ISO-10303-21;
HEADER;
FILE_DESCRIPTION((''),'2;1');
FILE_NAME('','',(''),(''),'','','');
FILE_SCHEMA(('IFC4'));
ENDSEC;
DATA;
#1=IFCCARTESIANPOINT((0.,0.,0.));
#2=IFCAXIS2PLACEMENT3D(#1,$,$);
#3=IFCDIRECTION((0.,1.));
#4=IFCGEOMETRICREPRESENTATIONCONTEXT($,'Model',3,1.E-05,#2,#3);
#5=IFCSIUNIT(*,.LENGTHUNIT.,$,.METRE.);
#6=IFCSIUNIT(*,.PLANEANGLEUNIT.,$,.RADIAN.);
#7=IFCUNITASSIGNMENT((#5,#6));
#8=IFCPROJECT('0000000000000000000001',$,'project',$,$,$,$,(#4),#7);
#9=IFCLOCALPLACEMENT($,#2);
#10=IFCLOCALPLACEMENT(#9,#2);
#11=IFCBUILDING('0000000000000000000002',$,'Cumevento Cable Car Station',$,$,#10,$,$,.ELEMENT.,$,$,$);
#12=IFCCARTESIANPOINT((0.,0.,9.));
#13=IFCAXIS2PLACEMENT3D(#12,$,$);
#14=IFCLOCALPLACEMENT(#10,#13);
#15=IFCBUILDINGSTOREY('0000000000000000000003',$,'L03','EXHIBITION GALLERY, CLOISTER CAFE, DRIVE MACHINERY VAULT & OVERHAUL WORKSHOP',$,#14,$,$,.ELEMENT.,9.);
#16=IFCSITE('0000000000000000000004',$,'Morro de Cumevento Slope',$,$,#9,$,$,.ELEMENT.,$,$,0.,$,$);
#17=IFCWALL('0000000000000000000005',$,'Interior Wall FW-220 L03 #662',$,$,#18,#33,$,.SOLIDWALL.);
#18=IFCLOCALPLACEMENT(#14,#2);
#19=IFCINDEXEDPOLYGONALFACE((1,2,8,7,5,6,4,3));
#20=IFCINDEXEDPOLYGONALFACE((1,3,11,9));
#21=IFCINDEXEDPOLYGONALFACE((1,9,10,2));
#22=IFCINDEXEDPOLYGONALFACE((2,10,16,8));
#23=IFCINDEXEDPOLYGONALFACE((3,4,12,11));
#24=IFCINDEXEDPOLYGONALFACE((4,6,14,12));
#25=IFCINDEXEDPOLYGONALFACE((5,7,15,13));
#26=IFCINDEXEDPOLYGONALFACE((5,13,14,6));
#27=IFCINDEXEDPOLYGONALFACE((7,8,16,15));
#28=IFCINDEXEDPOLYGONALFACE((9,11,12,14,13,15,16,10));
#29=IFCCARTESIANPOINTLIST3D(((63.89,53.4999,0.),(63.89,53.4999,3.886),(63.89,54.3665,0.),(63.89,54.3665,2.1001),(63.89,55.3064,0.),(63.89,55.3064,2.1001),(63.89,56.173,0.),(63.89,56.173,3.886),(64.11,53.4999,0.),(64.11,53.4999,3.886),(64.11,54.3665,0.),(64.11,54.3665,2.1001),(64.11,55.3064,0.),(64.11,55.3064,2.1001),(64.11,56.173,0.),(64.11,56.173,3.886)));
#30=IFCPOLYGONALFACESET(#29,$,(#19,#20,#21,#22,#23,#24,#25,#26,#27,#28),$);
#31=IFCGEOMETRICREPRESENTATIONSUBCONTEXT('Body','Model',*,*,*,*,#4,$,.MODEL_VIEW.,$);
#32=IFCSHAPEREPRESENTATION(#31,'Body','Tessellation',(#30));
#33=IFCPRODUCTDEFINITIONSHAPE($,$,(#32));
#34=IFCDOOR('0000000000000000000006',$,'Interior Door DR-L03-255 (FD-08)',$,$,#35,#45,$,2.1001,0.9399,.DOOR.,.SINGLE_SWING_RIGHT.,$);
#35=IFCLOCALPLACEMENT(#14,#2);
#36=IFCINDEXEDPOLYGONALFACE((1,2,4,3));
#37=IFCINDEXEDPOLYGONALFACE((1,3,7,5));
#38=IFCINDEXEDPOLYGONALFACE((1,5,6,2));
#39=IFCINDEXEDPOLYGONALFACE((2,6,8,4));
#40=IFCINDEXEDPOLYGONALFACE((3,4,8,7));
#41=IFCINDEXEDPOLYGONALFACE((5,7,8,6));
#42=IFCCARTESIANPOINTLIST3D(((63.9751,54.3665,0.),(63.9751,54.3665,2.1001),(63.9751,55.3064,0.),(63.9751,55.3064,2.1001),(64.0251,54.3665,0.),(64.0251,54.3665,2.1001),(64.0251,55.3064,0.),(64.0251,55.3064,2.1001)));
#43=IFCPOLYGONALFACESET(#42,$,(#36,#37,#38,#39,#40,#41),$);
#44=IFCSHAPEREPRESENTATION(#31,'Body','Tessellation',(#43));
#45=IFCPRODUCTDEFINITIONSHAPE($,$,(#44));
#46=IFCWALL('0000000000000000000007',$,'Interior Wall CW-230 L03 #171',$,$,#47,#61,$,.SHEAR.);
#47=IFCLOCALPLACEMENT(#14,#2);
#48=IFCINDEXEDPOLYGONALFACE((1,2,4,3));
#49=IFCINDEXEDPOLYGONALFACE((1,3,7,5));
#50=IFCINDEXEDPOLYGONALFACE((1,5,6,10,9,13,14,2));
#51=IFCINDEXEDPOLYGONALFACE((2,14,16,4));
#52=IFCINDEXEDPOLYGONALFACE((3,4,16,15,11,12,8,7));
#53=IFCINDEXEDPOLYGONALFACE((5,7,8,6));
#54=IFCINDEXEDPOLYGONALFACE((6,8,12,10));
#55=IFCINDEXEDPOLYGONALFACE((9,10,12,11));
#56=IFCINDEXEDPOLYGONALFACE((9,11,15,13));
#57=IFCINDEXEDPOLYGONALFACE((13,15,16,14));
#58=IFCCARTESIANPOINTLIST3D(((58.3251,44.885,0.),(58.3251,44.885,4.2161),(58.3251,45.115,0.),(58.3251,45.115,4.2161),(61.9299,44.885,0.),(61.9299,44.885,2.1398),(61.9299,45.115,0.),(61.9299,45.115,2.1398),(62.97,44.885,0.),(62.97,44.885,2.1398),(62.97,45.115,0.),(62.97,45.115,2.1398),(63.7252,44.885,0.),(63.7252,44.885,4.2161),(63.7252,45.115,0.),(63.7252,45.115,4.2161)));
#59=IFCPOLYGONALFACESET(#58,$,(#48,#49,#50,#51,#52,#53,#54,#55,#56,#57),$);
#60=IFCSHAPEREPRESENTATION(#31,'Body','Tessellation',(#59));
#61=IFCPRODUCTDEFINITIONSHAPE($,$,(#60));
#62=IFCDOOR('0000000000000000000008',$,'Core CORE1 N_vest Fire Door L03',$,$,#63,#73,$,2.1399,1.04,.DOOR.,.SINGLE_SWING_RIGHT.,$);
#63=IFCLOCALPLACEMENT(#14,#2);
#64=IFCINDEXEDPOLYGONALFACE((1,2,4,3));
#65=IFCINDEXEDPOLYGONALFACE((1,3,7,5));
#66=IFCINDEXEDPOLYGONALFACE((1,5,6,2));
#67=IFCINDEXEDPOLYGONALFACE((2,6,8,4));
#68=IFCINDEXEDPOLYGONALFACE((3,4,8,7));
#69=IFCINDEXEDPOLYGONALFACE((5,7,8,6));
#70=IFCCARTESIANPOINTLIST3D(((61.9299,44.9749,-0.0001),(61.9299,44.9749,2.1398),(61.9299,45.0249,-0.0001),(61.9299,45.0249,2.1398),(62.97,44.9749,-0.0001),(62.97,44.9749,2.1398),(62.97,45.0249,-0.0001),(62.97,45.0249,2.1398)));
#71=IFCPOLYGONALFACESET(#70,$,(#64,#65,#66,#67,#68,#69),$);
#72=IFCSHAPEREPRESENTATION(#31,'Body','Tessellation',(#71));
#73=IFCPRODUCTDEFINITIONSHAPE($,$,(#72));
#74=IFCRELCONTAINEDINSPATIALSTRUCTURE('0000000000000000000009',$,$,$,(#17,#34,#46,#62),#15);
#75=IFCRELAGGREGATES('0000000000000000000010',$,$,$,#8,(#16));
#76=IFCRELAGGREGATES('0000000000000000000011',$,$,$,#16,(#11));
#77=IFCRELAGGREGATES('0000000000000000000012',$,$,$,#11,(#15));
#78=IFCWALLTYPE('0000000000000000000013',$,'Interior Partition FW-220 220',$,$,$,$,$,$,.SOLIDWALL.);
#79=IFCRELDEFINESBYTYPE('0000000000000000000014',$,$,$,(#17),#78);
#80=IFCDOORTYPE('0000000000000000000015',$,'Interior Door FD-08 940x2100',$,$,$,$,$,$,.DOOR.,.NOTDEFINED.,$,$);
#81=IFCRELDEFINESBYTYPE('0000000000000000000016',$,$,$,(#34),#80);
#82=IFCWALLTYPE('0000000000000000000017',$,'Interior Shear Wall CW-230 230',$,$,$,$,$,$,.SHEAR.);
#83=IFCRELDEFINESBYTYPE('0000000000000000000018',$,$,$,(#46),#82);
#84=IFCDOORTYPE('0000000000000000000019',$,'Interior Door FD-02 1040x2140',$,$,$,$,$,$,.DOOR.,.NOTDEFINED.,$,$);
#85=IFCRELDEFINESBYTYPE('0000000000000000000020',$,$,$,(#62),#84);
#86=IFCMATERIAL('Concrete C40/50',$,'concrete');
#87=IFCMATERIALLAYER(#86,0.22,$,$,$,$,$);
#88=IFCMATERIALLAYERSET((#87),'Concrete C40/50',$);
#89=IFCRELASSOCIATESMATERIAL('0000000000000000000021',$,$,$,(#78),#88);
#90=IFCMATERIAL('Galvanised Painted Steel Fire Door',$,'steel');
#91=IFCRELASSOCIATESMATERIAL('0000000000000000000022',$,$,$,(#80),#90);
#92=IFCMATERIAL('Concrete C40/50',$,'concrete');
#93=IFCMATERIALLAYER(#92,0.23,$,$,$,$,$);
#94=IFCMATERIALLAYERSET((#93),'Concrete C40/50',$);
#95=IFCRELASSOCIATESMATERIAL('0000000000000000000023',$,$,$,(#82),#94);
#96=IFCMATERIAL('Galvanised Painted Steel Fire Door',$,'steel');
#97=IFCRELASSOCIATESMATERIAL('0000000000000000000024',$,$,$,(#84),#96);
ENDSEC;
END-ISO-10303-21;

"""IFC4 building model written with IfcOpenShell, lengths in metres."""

from ifc_helpers import new_model, si_unit, direction, frame, frame_2d, origin, place, context, subcontext, project, spatial, rectangle, extrude, material, layer, layer_set, type_object, element, fill, save


model = new_model("IFC4")

# Units and contexts
model_context = context("Model", 3, precision=1e-05, world=origin(), true_north=direction((0.0, 1.0)))
body_context = subcontext(model_context, "Body", "Model", "MODEL_VIEW")
ifc_project = project(units=[si_unit("LENGTHUNIT", "METRE"), si_unit("PLANEANGLEUNIT", "RADIAN")], contexts=[model_context])

# Site, building, storey
site_placement = place(None, origin())
site = spatial("IfcSite", under=ifc_project, at=site_placement, Name="Morro de Cumevento Slope", CompositionType="ELEMENT", RefElevation=0.0)
building_placement = place(site_placement, origin())
building = spatial("IfcBuilding", under=site, at=building_placement, Name="Cumevento Cable Car Station", CompositionType="ELEMENT")
storey_placement = place(building_placement, frame((0.0, 0.0, 9.0)))
storey = spatial("IfcBuildingStorey", under=building, at=storey_placement, Name="L03", Description="EXHIBITION GALLERY, CLOISTER CAFE, DRIVE MACHINERY VAULT & OVERHAUL WORKSHOP", CompositionType="ELEMENT", Elevation=9.0)

# Shared definitions
ifc_material_1 = material(Name="Concrete C40/50", Category="concrete")
ifc_layer_1 = layer(ifc_material_1, 0.22)
ifc_layer_set_1 = layer_set([ifc_layer_1], Name="Concrete C40/50")
wall_type_1 = type_object("IfcWallType", Name="Interior Partition FW-220 220", PredefinedType="SOLIDWALL", material=ifc_layer_set_1)
ifc_material_2 = material(Name="Galvanised Painted Steel Fire Door", Category="steel")
door_type_1 = type_object("IfcDoorType", Name="Interior Door FD-08 940x2100", OperationType="NOTDEFINED", PredefinedType="DOOR", material=ifc_material_2)

# Walls, openings, doors
wall_1_placement = place(storey_placement, frame((64.0, 53.5, 0.0), z_axis=(0.0, 0.0, 1.0), x_axis=(0.0, 1.0, 0.0)))
wall_1 = element("IfcWall", 1, at=wall_1_placement, inside=storey, type_object=wall_type_1, Name="Interior Wall FW-220 L03 #662", PredefinedType="SOLIDWALL", context=body_context, shape_type="SweptSolid", body=[
    extrude(rectangle(XDim=2.6731, YDim=0.22, at=frame_2d((1.3364, 0.0))), origin(), (0.0, 0.0, 1.0), 3.886),
])
opening_1_placement = place(wall_1_placement, frame((0.8665, 0.0, 0.0)))
opening_1 = element("IfcOpeningElement", 2, at=opening_1_placement, cuts=wall_1, PredefinedType="OPENING", context=body_context, shape_type="SweptSolid", body=[
    extrude(rectangle(XDim=0.9399, YDim=2.1001, at=frame_2d((0.47, 1.05))), frame((0.0, 0.1199, 0.0), z_axis=(0.0, -1.0, 0.0), x_axis=(1.0, 0.0, 0.0)), (0.0, 0.0, 1.0), 0.24),
])
door_1_placement = place(opening_1_placement, origin())
door_1 = element("IfcDoor", 3, at=door_1_placement, inside=storey, type_object=door_type_1, Name="Interior Door DR-L03-255 (FD-08)", OperationType="SINGLE_SWING_RIGHT", OverallHeight=2.1001, OverallWidth=0.9399, PredefinedType="DOOR", context=body_context, shape_type="SweptSolid", body=[
    extrude(rectangle(XDim=0.9399, YDim=2.1001, at=frame_2d((0.47, 1.05))), frame((0.0, 0.0249, 0.0), z_axis=(0.0, -1.0, 0.0), x_axis=(1.0, 0.0, 0.0)), (0.0, 0.0, 1.0), 0.05),
])
fill(opening_1, door_1)
ifc_material_3 = material(Name="Concrete C40/50", Category="concrete")
ifc_layer_2 = layer(ifc_material_3, 0.23)
ifc_layer_set_2 = layer_set([ifc_layer_2], Name="Concrete C40/50")
wall_type_2 = type_object("IfcWallType", Name="Interior Shear Wall CW-230 230", PredefinedType="SHEAR", material=ifc_layer_set_2)
wall_2_placement = place(storey_placement, frame((58.325, 45.0, 0.0), z_axis=(0.0, 0.0, 1.0), x_axis=(1.0, 0.0, 0.0)))
wall_2 = element("IfcWall", 4, at=wall_2_placement, inside=storey, type_object=wall_type_2, Name="Interior Wall CW-230 L03 #171", PredefinedType="SHEAR", context=body_context, shape_type="SweptSolid", body=[
    extrude(rectangle(XDim=5.4001, YDim=0.23, at=frame_2d((2.7002, 0.0))), origin(), (0.0, 0.0, 1.0), 4.2161),
])
opening_2_placement = place(wall_2_placement, frame((3.605, 0.0, 0.0)))
opening_2 = element("IfcOpeningElement", 5, at=opening_2_placement, cuts=wall_2, PredefinedType="OPENING", context=body_context, shape_type="SweptSolid", body=[
    extrude(rectangle(XDim=1.04, YDim=2.1399, at=frame_2d((0.52, 1.0698))), frame((0.0, 0.125, 0.0), z_axis=(0.0, -1.0, 0.0), x_axis=(1.0, 0.0, 0.0)), (0.0, 0.0, 1.0), 0.25),
])
ifc_material_4 = material(Name="Galvanised Painted Steel Fire Door", Category="steel")
door_type_2 = type_object("IfcDoorType", Name="Interior Door FD-02 1040x2140", OperationType="NOTDEFINED", PredefinedType="DOOR", material=ifc_material_4)
door_2_placement = place(opening_2_placement, origin())
door_2 = element("IfcDoor", 6, at=door_2_placement, inside=storey, type_object=door_type_2, Name="Core CORE1 N_vest Fire Door L03", OperationType="SINGLE_SWING_RIGHT", OverallHeight=2.1399, OverallWidth=1.04, PredefinedType="DOOR", context=body_context, shape_type="SweptSolid", body=[
    extrude(rectangle(XDim=1.04, YDim=2.1399, at=frame_2d((0.52, 1.0698))), frame((0.0, 0.0249, 0.0), z_axis=(0.0, -1.0, 0.0), x_axis=(1.0, 0.0, 0.0)), (0.0, 0.0, 1.0), 0.05),
])
fill(opening_2, door_2)

save(model, "model.ifc")
